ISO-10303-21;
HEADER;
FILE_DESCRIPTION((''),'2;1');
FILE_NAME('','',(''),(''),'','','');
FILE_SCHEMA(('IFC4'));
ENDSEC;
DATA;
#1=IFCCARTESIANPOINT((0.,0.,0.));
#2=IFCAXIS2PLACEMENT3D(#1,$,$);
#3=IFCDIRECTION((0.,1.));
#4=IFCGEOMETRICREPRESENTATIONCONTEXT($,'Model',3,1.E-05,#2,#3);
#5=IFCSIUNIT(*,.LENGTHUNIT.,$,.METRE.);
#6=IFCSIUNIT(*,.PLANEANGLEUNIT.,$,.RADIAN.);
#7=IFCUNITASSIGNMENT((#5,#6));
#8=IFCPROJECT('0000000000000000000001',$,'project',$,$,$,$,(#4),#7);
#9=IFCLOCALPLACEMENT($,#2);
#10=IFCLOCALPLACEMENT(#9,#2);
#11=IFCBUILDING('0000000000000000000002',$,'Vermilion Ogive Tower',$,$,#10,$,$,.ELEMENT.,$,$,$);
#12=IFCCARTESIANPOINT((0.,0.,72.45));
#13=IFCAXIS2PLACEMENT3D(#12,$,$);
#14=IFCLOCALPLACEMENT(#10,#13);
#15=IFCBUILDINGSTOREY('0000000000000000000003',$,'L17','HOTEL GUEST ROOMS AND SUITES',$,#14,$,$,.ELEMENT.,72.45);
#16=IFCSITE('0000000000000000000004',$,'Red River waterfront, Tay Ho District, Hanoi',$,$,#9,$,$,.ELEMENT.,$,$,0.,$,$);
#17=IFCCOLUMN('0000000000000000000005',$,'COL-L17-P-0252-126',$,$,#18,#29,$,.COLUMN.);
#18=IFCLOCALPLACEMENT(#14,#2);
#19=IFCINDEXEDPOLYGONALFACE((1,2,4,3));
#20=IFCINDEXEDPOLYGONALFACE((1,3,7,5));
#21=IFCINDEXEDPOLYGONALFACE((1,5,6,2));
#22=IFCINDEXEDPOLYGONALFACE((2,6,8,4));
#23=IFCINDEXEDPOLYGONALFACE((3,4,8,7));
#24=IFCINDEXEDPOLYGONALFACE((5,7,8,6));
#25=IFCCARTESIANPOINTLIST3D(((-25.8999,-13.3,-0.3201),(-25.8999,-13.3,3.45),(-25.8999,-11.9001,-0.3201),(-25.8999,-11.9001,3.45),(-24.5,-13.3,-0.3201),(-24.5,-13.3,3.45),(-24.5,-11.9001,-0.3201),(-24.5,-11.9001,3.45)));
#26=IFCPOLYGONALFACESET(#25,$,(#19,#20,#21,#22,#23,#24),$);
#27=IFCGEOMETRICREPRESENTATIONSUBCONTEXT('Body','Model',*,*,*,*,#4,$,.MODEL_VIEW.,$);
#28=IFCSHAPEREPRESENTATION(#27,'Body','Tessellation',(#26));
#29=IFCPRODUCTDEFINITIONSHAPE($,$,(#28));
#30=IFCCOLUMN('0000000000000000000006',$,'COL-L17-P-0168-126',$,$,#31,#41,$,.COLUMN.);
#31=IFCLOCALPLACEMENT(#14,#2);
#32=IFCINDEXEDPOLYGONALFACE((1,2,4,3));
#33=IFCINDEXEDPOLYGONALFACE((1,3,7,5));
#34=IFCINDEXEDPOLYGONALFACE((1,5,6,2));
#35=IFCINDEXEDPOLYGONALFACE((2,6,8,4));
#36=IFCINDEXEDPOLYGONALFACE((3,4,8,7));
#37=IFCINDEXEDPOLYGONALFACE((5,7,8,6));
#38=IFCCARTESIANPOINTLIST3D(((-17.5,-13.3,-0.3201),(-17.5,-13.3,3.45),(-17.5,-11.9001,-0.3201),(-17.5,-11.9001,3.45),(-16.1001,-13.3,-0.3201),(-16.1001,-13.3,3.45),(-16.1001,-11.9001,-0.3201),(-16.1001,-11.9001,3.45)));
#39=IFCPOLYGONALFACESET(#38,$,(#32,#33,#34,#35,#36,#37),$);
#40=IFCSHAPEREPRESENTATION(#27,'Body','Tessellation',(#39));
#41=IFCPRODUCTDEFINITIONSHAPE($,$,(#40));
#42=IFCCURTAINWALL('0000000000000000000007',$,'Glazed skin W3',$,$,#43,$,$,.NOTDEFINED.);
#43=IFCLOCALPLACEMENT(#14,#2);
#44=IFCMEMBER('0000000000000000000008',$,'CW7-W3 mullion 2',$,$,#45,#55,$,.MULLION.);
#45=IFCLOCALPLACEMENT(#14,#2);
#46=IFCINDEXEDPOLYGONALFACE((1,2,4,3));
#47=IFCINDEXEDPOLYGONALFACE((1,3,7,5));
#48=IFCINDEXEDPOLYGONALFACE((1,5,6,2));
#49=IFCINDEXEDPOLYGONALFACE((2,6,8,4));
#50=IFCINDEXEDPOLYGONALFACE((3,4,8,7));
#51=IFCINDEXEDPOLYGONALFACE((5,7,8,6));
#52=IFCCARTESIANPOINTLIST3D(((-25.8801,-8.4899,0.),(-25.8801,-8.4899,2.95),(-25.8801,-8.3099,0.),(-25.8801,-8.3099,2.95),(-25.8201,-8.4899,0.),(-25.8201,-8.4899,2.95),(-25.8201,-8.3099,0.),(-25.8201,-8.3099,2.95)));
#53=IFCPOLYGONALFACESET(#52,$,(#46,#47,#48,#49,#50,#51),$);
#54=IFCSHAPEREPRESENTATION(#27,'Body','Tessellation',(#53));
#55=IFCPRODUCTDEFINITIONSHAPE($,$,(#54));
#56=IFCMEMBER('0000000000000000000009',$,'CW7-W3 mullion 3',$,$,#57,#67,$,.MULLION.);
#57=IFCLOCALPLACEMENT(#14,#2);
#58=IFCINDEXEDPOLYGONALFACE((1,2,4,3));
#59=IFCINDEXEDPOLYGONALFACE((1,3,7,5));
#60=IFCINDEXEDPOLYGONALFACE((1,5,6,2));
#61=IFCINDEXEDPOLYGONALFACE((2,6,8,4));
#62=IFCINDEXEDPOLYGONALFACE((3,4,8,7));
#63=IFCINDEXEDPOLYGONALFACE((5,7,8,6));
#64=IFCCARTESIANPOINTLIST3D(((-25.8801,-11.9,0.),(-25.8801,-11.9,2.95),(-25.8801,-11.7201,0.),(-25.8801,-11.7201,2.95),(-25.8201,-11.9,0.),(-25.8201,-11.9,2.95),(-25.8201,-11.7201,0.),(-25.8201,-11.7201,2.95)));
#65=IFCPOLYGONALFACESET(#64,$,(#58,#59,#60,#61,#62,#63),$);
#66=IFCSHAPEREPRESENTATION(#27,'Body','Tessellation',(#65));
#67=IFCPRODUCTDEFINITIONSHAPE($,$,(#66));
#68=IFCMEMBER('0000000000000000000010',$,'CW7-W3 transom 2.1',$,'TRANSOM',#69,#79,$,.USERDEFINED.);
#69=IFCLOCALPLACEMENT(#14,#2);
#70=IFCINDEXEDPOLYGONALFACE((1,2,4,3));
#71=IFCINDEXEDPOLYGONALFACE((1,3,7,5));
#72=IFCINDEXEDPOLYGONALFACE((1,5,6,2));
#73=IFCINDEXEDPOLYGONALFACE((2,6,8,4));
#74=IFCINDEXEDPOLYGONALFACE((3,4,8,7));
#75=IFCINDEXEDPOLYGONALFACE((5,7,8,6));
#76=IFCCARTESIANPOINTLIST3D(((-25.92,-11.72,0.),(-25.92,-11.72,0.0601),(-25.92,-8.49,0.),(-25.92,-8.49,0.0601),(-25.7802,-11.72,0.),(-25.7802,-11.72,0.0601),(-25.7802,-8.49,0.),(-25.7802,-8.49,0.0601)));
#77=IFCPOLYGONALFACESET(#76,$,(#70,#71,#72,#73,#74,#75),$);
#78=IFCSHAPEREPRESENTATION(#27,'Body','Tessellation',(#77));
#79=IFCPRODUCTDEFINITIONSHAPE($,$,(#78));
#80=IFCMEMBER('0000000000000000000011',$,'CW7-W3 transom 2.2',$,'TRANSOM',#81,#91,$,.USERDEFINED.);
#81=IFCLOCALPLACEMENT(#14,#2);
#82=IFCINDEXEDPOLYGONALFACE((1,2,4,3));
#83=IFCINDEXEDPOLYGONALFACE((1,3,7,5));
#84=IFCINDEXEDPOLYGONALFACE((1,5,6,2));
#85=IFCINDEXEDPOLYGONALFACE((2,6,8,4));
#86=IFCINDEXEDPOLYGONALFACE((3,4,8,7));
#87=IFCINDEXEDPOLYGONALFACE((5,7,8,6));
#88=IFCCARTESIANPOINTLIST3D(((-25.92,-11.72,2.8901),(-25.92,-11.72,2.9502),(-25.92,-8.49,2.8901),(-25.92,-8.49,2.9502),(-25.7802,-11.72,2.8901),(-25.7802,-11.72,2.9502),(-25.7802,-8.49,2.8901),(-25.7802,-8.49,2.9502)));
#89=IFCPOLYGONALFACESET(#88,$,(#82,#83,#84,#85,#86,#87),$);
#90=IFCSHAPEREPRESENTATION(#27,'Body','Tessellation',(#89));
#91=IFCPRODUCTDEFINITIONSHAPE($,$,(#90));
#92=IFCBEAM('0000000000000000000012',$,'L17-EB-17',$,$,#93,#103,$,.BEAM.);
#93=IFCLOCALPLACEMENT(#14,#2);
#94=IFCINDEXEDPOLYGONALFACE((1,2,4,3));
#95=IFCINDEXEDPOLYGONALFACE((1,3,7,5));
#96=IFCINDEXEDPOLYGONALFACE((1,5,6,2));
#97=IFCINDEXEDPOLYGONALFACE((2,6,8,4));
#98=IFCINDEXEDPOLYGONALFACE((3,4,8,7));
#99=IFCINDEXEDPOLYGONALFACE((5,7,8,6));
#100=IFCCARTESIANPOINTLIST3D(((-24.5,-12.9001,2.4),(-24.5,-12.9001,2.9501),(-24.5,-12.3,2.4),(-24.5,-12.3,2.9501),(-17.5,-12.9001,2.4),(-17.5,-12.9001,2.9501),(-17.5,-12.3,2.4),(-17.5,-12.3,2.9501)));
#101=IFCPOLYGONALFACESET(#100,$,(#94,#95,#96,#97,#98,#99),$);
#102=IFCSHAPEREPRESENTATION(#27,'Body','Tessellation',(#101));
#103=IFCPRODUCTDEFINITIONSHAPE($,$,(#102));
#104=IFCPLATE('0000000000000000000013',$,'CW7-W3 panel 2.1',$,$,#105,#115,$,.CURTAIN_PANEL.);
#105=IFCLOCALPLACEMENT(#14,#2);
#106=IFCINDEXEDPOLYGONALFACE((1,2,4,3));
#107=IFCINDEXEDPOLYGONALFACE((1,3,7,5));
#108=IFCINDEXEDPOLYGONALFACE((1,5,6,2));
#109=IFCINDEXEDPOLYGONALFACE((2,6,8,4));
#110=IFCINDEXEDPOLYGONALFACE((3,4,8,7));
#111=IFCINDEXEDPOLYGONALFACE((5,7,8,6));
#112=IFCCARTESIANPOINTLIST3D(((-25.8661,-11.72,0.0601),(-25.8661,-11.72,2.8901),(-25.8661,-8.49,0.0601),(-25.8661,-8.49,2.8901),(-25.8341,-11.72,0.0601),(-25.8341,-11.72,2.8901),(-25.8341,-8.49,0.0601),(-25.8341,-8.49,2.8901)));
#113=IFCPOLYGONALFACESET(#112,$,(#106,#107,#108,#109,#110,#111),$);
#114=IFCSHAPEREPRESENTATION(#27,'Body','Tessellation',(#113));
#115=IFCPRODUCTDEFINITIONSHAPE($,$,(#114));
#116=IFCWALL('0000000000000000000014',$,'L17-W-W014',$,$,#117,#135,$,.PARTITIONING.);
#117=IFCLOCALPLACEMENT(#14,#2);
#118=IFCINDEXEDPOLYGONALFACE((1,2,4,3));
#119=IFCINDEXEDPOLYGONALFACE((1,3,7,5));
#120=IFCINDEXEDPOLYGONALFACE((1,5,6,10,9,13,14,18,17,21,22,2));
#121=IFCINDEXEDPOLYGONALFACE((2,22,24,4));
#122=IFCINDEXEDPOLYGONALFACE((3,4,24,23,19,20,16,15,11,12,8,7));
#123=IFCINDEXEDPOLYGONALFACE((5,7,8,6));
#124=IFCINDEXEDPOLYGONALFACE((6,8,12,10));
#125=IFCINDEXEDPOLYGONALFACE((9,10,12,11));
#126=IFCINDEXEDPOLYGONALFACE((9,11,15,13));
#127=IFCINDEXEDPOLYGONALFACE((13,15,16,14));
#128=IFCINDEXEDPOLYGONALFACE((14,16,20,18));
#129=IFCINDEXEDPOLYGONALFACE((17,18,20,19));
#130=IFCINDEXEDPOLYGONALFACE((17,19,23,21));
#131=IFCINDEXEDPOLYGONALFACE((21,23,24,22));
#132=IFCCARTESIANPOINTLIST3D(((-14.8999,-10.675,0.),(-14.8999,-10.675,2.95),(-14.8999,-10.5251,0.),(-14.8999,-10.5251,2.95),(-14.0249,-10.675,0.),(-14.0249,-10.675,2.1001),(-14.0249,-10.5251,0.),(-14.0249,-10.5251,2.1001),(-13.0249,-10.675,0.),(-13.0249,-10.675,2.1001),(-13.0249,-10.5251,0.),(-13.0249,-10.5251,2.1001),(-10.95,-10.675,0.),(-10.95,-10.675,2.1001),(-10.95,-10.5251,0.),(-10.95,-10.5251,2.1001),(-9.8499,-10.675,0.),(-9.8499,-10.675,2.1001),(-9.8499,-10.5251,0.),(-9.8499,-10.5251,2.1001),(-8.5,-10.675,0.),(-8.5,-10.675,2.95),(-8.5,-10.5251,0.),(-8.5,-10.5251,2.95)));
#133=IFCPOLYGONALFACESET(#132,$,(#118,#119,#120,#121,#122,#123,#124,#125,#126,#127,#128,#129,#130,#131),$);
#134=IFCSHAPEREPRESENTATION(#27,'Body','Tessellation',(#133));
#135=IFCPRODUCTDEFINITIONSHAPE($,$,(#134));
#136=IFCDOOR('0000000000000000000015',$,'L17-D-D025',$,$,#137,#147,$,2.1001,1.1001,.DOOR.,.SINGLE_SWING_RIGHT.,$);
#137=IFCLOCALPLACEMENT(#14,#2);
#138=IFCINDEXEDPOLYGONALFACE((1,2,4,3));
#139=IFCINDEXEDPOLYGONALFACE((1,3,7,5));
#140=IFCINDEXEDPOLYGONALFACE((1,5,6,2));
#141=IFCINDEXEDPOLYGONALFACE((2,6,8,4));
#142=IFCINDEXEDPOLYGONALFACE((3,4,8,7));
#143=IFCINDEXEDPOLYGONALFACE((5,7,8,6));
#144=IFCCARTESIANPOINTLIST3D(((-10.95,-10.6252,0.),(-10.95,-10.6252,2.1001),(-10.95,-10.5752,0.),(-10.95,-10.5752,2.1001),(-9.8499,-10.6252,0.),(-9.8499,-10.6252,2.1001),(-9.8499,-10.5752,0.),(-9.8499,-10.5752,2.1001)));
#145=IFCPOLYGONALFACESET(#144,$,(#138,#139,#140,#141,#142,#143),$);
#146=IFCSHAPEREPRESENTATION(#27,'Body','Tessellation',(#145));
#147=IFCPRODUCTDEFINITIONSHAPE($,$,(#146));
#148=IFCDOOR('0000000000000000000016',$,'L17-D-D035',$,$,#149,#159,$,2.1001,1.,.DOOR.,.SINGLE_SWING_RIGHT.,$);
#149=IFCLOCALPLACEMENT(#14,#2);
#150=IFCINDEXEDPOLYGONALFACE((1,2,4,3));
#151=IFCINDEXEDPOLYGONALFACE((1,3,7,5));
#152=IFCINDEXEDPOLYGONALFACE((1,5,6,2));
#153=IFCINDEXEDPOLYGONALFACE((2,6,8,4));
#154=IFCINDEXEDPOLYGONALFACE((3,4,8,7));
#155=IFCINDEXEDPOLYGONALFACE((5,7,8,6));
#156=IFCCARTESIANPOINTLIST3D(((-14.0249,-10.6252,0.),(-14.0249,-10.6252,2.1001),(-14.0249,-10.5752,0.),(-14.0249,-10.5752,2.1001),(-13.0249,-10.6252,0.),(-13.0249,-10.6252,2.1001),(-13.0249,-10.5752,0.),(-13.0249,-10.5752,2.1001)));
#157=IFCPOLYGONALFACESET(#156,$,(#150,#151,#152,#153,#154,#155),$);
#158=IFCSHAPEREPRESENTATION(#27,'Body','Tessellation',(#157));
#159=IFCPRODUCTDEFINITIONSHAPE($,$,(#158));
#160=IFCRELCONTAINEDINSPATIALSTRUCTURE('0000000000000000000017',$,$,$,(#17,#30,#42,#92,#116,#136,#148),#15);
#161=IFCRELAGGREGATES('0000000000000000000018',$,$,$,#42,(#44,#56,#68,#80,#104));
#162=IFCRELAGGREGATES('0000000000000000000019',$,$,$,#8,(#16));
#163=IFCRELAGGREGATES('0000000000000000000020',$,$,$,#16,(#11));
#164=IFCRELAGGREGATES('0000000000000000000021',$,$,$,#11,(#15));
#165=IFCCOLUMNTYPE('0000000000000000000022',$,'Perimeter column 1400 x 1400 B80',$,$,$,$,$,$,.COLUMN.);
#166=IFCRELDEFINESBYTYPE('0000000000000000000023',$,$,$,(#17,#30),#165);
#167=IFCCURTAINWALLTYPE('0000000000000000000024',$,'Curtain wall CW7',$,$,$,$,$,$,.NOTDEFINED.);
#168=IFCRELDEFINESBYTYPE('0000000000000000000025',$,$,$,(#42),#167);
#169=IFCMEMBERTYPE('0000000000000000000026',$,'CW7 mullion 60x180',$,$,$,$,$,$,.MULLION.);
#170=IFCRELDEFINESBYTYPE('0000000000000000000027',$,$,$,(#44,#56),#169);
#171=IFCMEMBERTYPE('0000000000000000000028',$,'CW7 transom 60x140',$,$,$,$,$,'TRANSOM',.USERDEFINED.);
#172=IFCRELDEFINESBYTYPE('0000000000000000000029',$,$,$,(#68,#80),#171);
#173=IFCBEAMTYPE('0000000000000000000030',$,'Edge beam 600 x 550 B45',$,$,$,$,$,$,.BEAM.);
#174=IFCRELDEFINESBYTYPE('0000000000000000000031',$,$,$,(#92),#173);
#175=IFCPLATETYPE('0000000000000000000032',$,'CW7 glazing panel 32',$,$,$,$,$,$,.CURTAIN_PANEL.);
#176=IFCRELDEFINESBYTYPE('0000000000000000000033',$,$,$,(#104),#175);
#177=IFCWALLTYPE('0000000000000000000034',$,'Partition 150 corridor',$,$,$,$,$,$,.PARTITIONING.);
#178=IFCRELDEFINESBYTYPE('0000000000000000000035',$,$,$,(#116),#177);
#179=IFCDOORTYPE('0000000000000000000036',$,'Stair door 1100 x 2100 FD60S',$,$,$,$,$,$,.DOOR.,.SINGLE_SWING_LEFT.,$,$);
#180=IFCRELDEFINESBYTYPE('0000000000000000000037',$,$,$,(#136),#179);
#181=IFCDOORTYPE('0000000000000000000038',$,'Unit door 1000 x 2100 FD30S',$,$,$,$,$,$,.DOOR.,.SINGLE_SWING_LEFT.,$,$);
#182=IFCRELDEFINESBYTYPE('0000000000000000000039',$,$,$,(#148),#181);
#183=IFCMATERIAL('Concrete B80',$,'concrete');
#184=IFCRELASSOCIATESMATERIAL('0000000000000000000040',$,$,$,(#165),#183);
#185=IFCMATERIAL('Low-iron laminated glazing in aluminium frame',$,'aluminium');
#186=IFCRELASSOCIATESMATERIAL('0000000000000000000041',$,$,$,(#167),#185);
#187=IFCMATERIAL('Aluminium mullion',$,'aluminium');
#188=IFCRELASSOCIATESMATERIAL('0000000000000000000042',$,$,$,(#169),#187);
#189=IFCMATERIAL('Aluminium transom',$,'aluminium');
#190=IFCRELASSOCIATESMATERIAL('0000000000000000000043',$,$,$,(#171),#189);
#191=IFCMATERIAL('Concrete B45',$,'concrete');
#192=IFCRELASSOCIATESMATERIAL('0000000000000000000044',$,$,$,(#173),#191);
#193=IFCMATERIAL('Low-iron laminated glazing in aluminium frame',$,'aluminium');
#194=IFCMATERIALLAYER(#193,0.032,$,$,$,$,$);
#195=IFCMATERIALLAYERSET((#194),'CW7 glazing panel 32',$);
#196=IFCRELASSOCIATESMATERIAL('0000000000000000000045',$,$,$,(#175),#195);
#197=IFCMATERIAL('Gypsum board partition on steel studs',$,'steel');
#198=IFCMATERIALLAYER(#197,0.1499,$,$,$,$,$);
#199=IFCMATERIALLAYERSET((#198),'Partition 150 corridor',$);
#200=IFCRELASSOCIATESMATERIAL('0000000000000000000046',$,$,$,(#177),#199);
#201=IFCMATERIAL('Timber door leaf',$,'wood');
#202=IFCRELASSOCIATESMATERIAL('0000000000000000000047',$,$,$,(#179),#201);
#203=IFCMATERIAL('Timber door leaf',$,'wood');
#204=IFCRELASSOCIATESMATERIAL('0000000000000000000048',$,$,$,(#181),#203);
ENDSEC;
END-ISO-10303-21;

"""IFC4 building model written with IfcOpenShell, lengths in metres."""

from ifc_helpers import new_model, si_unit, direction, frame, frame_2d, origin, origin_2d, place, context, subcontext, project, spatial, rectangle, extrude, material, layer, layer_set, material_profile, profile_set, type_object, element, fill, aggregate, save


model = new_model("IFC4")

# Units and contexts
model_context = context("Model", 3, precision=1e-05, world=origin(), true_north=direction((0.0, 1.0)))
body_context = subcontext(model_context, "Body", "Model", "MODEL_VIEW")
ifc_project = project(units=[si_unit("LENGTHUNIT", "METRE"), si_unit("PLANEANGLEUNIT", "RADIAN")], contexts=[model_context])

# Site, building, storey
site_placement = place(None, origin())
site = spatial("IfcSite", under=ifc_project, at=site_placement, Name="Red River waterfront, Tay Ho District, Hanoi", CompositionType="ELEMENT", RefElevation=0.0)
building_placement = place(site_placement, origin())
building = spatial("IfcBuilding", under=site, at=building_placement, Name="Vermilion Ogive Tower", CompositionType="ELEMENT")
storey_placement = place(building_placement, frame((0.0, 0.0, 72.45)))
storey = spatial("IfcBuildingStorey", under=building, at=storey_placement, Name="L17", Description="HOTEL GUEST ROOMS AND SUITES", CompositionType="ELEMENT", Elevation=72.45)

# Columns
ifc_material_1 = material(Name="Concrete B80", Category="concrete")
ifc_material_profile_1 = material_profile(ifc_material_1, rectangle(XDim=1.3999, YDim=1.3999, at=origin_2d()), Name="1400 x 1400")
ifc_profile_set_1 = profile_set([ifc_material_profile_1], Name="Concrete B80")
column_type = type_object("IfcColumnType", Name="Perimeter column 1400 x 1400 B80", PredefinedType="COLUMN", material=ifc_profile_set_1)
for number, where, z_axis, x_axis, name in (
    (1, (-25.2, -12.6001, -0.3201), (0.0, 0.0, 1.0), (1.0, 0.0, 0.0), "COL-L17-P-0252-126"),
    (2, (-16.8, -12.6001, -0.3201), (0.0, 0.0, 1.0), (1.0, 0.0, 0.0), "COL-L17-P-0168-126"),
):
    element("IfcColumn", number, at=place(storey_placement, frame(where, z_axis=z_axis, x_axis=x_axis)), inside=storey, type_object=column_type, Name=name, PredefinedType="COLUMN", context=body_context, shape_type="SweptSolid", body=[
        extrude(rectangle(XDim=1.3999, YDim=1.3999, at=origin_2d()), origin(), (0.0, 0.0, 1.0), 3.77),
    ])

# Curtain wall, members
ifc_material_2 = material(Name="Low-iron laminated glazing in aluminium frame", Category="aluminium")
curtain_wall_type = type_object("IfcCurtainWallType", Name="Curtain wall CW7", PredefinedType="NOTDEFINED", material=ifc_material_2)
curtain_wall_placement = place(storey_placement, origin())
curtain_wall = element("IfcCurtainWall", 3, at=curtain_wall_placement, inside=storey, type_object=curtain_wall_type, Name="Glazed skin W3", PredefinedType="NOTDEFINED")
ifc_material_3 = material(Name="Aluminium mullion", Category="aluminium")
ifc_material_profile_2 = material_profile(ifc_material_3, rectangle(XDim=0.0601, YDim=0.1799, at=origin_2d()), Name="AL 60x180")
ifc_profile_set_2 = profile_set([ifc_material_profile_2], Name="Aluminium mullion")
member_type_1 = type_object("IfcMemberType", Name="CW7 mullion 60x180", PredefinedType="MULLION", material=ifc_profile_set_2)
member_1_placement = place(storey_placement, frame((-25.8501, -8.3999, 0.0), z_axis=(0.0, 0.0, 1.0), x_axis=(1.0, 0.0, 0.0)))
member_1 = element("IfcMember", 4, at=member_1_placement, type_object=member_type_1, Name="CW7-W3 mullion 2", PredefinedType="MULLION", context=body_context, shape_type="SweptSolid", body=[
    extrude(rectangle(XDim=0.0601, YDim=0.1799, at=origin_2d()), origin(), (0.0, 0.0, 1.0), 2.95),
])
member_2_placement = place(storey_placement, frame((-25.8501, -11.8101, 0.0), z_axis=(0.0, 0.0, 1.0), x_axis=(1.0, 0.0, 0.0)))
member_2 = element("IfcMember", 5, at=member_2_placement, type_object=member_type_1, Name="CW7-W3 mullion 3", PredefinedType="MULLION", context=body_context, shape_type="SweptSolid", body=[
    extrude(rectangle(XDim=0.0601, YDim=0.1799, at=origin_2d()), origin(), (0.0, 0.0, 1.0), 2.95),
])
ifc_material_4 = material(Name="Aluminium transom", Category="aluminium")
ifc_material_profile_3 = material_profile(ifc_material_4, rectangle(XDim=0.1399, YDim=0.0601, at=origin_2d()), Name="AL 60x140")
ifc_profile_set_3 = profile_set([ifc_material_profile_3], Name="Aluminium transom")
member_type_2 = type_object("IfcMemberType", Name="CW7 transom 60x140", ElementType="TRANSOM", PredefinedType="USERDEFINED", material=ifc_profile_set_3)
member_3_placement = place(storey_placement, frame((-25.8501, -8.49, 0.03), z_axis=(0.0, -1.0, 0.0), x_axis=(1.0, 0.0, 0.0)))
member_3 = element("IfcMember", 6, at=member_3_placement, type_object=member_type_2, Name="CW7-W3 transom 2.1", ObjectType="TRANSOM", PredefinedType="USERDEFINED", context=body_context, shape_type="SweptSolid", body=[
    extrude(rectangle(XDim=0.1399, YDim=0.0601, at=origin_2d()), origin(), (0.0, 0.0, 1.0), 3.23),
])
member_4_placement = place(storey_placement, frame((-25.8501, -8.49, 2.9202), z_axis=(0.0, -1.0, 0.0), x_axis=(1.0, 0.0, 0.0)))
member_4 = element("IfcMember", 7, at=member_4_placement, type_object=member_type_2, Name="CW7-W3 transom 2.2", ObjectType="TRANSOM", PredefinedType="USERDEFINED", context=body_context, shape_type="SweptSolid", body=[
    extrude(rectangle(XDim=0.1399, YDim=0.0601, at=origin_2d()), origin(), (0.0, 0.0, 1.0), 3.23),
])

# Beam
ifc_material_5 = material(Name="Concrete B45", Category="concrete")
ifc_material_profile_4 = material_profile(ifc_material_5, rectangle(XDim=0.6001, YDim=0.55, at=origin_2d()), Name="600 x 550")
ifc_profile_set_4 = profile_set([ifc_material_profile_4], Name="Concrete B45")
beam_type = type_object("IfcBeamType", Name="Edge beam 600 x 550 B45", PredefinedType="BEAM", material=ifc_profile_set_4)
beam_placement = place(storey_placement, frame((-24.5, -12.6001, 2.675), z_axis=(1.0, 0.0, 0.0), x_axis=(0.0, 1.0, 0.0)))
element("IfcBeam", 8, at=beam_placement, inside=storey, type_object=beam_type, Name="L17-EB-17", PredefinedType="BEAM", context=body_context, shape_type="SweptSolid", body=[
    extrude(rectangle(XDim=0.6001, YDim=0.55, at=origin_2d()), origin(), (0.0, 0.0, 1.0), 7.0),
])

# Plate
ifc_material_6 = material(Name="Low-iron laminated glazing in aluminium frame", Category="aluminium")
ifc_layer_1 = layer(ifc_material_6, 0.032)
ifc_layer_set_1 = layer_set([ifc_layer_1], Name="CW7 glazing panel 32")
plate_type = type_object("IfcPlateType", Name="CW7 glazing panel 32", PredefinedType="CURTAIN_PANEL", material=ifc_layer_set_1)
plate_placement = place(storey_placement, frame((-25.8501, -10.105, 0.0601), z_axis=(0.0, 0.0, 1.0), x_axis=(0.0, -1.0, 0.0)))
plate = element("IfcPlate", 9, at=plate_placement, type_object=plate_type, Name="CW7-W3 panel 2.1", PredefinedType="CURTAIN_PANEL", context=body_context, shape_type="SweptSolid", body=[
    extrude(rectangle(XDim=3.23, YDim=0.032, at=origin_2d()), origin(), (0.0, 0.0, 1.0), 2.8301),
])
aggregate(curtain_wall, [member_1, member_2, member_3, member_4, plate])

# Wall, openings, doors
ifc_material_7 = material(Name="Gypsum board partition on steel studs", Category="steel")
ifc_layer_2 = layer(ifc_material_7, 0.1499)
ifc_layer_set_2 = layer_set([ifc_layer_2], Name="Partition 150 corridor")
wall_type_1 = type_object("IfcWallType", Name="Partition 150 corridor", PredefinedType="PARTITIONING", material=ifc_layer_set_2)
wall_1_placement = place(storey_placement, frame((-14.8999, -10.6001, 0.0), z_axis=(0.0, 0.0, 1.0), x_axis=(1.0, 0.0, 0.0)))
wall_1 = element("IfcWall", 10, at=wall_1_placement, inside=storey, type_object=wall_type_1, Name="L17-W-W014", PredefinedType="PARTITIONING", context=body_context, shape_type="SweptSolid", body=[
    extrude(rectangle(XDim=6.3999, YDim=0.1499, at=frame_2d((3.2, 0.0))), origin(), (0.0, 0.0, 1.0), 2.95),
])
opening_1_placement = place(wall_1_placement, frame((3.95, 0.0, 0.0)))
opening_1 = element("IfcOpeningElement", 11, at=opening_1_placement, cuts=wall_1, PredefinedType="OPENING", context=body_context, shape_type="SweptSolid", body=[
    extrude(rectangle(XDim=1.1001, YDim=2.1001, at=frame_2d((0.55, 1.05))), frame((0.0, 0.085, 0.0), z_axis=(0.0, -1.0, 0.0), x_axis=(1.0, 0.0, 0.0)), (0.0, 0.0, 1.0), 0.1699),
])
opening_2_placement = place(wall_1_placement, frame((0.875, 0.0, 0.0)))
opening_2 = element("IfcOpeningElement", 12, at=opening_2_placement, cuts=wall_1, PredefinedType="OPENING", context=body_context, shape_type="SweptSolid", body=[
    extrude(rectangle(XDim=1.0, YDim=2.1001, at=frame_2d((0.5, 1.05))), frame((0.0, 0.085, 0.0), z_axis=(0.0, -1.0, 0.0), x_axis=(1.0, 0.0, 0.0)), (0.0, 0.0, 1.0), 0.1699),
])
ifc_material_8 = material(Name="Timber door leaf", Category="wood")
door_type_1 = type_object("IfcDoorType", Name="Stair door 1100 x 2100 FD60S", OperationType="SINGLE_SWING_LEFT", PredefinedType="DOOR", material=ifc_material_8)
door_1_placement = place(opening_1_placement, origin())
door_1 = element("IfcDoor", 13, at=door_1_placement, inside=storey, type_object=door_type_1, Name="L17-D-D025", OperationType="SINGLE_SWING_RIGHT", OverallHeight=2.1001, OverallWidth=1.1001, PredefinedType="DOOR", context=body_context, shape_type="SweptSolid", body=[
    extrude(rectangle(XDim=1.1001, YDim=2.1001, at=frame_2d((0.55, 1.05))), frame((0.0, 0.0249, 0.0), z_axis=(0.0, -1.0, 0.0), x_axis=(1.0, 0.0, 0.0)), (0.0, 0.0, 1.0), 0.05),
])
fill(opening_1, door_1)
ifc_material_9 = material(Name="Timber door leaf", Category="wood")
door_type_2 = type_object("IfcDoorType", Name="Unit door 1000 x 2100 FD30S", OperationType="SINGLE_SWING_LEFT", PredefinedType="DOOR", material=ifc_material_9)
door_2_placement = place(opening_2_placement, origin())
door_2 = element("IfcDoor", 14, at=door_2_placement, inside=storey, type_object=door_type_2, Name="L17-D-D035", OperationType="SINGLE_SWING_RIGHT", OverallHeight=2.1001, OverallWidth=1.0, PredefinedType="DOOR", context=body_context, shape_type="SweptSolid", body=[
    extrude(rectangle(XDim=1.0, YDim=2.1001, at=frame_2d((0.5, 1.05))), frame((0.0, 0.0249, 0.0), z_axis=(0.0, -1.0, 0.0), x_axis=(1.0, 0.0, 0.0)), (0.0, 0.0, 1.0), 0.05),
])
fill(opening_2, door_2)

save(model, "model.ifc")
